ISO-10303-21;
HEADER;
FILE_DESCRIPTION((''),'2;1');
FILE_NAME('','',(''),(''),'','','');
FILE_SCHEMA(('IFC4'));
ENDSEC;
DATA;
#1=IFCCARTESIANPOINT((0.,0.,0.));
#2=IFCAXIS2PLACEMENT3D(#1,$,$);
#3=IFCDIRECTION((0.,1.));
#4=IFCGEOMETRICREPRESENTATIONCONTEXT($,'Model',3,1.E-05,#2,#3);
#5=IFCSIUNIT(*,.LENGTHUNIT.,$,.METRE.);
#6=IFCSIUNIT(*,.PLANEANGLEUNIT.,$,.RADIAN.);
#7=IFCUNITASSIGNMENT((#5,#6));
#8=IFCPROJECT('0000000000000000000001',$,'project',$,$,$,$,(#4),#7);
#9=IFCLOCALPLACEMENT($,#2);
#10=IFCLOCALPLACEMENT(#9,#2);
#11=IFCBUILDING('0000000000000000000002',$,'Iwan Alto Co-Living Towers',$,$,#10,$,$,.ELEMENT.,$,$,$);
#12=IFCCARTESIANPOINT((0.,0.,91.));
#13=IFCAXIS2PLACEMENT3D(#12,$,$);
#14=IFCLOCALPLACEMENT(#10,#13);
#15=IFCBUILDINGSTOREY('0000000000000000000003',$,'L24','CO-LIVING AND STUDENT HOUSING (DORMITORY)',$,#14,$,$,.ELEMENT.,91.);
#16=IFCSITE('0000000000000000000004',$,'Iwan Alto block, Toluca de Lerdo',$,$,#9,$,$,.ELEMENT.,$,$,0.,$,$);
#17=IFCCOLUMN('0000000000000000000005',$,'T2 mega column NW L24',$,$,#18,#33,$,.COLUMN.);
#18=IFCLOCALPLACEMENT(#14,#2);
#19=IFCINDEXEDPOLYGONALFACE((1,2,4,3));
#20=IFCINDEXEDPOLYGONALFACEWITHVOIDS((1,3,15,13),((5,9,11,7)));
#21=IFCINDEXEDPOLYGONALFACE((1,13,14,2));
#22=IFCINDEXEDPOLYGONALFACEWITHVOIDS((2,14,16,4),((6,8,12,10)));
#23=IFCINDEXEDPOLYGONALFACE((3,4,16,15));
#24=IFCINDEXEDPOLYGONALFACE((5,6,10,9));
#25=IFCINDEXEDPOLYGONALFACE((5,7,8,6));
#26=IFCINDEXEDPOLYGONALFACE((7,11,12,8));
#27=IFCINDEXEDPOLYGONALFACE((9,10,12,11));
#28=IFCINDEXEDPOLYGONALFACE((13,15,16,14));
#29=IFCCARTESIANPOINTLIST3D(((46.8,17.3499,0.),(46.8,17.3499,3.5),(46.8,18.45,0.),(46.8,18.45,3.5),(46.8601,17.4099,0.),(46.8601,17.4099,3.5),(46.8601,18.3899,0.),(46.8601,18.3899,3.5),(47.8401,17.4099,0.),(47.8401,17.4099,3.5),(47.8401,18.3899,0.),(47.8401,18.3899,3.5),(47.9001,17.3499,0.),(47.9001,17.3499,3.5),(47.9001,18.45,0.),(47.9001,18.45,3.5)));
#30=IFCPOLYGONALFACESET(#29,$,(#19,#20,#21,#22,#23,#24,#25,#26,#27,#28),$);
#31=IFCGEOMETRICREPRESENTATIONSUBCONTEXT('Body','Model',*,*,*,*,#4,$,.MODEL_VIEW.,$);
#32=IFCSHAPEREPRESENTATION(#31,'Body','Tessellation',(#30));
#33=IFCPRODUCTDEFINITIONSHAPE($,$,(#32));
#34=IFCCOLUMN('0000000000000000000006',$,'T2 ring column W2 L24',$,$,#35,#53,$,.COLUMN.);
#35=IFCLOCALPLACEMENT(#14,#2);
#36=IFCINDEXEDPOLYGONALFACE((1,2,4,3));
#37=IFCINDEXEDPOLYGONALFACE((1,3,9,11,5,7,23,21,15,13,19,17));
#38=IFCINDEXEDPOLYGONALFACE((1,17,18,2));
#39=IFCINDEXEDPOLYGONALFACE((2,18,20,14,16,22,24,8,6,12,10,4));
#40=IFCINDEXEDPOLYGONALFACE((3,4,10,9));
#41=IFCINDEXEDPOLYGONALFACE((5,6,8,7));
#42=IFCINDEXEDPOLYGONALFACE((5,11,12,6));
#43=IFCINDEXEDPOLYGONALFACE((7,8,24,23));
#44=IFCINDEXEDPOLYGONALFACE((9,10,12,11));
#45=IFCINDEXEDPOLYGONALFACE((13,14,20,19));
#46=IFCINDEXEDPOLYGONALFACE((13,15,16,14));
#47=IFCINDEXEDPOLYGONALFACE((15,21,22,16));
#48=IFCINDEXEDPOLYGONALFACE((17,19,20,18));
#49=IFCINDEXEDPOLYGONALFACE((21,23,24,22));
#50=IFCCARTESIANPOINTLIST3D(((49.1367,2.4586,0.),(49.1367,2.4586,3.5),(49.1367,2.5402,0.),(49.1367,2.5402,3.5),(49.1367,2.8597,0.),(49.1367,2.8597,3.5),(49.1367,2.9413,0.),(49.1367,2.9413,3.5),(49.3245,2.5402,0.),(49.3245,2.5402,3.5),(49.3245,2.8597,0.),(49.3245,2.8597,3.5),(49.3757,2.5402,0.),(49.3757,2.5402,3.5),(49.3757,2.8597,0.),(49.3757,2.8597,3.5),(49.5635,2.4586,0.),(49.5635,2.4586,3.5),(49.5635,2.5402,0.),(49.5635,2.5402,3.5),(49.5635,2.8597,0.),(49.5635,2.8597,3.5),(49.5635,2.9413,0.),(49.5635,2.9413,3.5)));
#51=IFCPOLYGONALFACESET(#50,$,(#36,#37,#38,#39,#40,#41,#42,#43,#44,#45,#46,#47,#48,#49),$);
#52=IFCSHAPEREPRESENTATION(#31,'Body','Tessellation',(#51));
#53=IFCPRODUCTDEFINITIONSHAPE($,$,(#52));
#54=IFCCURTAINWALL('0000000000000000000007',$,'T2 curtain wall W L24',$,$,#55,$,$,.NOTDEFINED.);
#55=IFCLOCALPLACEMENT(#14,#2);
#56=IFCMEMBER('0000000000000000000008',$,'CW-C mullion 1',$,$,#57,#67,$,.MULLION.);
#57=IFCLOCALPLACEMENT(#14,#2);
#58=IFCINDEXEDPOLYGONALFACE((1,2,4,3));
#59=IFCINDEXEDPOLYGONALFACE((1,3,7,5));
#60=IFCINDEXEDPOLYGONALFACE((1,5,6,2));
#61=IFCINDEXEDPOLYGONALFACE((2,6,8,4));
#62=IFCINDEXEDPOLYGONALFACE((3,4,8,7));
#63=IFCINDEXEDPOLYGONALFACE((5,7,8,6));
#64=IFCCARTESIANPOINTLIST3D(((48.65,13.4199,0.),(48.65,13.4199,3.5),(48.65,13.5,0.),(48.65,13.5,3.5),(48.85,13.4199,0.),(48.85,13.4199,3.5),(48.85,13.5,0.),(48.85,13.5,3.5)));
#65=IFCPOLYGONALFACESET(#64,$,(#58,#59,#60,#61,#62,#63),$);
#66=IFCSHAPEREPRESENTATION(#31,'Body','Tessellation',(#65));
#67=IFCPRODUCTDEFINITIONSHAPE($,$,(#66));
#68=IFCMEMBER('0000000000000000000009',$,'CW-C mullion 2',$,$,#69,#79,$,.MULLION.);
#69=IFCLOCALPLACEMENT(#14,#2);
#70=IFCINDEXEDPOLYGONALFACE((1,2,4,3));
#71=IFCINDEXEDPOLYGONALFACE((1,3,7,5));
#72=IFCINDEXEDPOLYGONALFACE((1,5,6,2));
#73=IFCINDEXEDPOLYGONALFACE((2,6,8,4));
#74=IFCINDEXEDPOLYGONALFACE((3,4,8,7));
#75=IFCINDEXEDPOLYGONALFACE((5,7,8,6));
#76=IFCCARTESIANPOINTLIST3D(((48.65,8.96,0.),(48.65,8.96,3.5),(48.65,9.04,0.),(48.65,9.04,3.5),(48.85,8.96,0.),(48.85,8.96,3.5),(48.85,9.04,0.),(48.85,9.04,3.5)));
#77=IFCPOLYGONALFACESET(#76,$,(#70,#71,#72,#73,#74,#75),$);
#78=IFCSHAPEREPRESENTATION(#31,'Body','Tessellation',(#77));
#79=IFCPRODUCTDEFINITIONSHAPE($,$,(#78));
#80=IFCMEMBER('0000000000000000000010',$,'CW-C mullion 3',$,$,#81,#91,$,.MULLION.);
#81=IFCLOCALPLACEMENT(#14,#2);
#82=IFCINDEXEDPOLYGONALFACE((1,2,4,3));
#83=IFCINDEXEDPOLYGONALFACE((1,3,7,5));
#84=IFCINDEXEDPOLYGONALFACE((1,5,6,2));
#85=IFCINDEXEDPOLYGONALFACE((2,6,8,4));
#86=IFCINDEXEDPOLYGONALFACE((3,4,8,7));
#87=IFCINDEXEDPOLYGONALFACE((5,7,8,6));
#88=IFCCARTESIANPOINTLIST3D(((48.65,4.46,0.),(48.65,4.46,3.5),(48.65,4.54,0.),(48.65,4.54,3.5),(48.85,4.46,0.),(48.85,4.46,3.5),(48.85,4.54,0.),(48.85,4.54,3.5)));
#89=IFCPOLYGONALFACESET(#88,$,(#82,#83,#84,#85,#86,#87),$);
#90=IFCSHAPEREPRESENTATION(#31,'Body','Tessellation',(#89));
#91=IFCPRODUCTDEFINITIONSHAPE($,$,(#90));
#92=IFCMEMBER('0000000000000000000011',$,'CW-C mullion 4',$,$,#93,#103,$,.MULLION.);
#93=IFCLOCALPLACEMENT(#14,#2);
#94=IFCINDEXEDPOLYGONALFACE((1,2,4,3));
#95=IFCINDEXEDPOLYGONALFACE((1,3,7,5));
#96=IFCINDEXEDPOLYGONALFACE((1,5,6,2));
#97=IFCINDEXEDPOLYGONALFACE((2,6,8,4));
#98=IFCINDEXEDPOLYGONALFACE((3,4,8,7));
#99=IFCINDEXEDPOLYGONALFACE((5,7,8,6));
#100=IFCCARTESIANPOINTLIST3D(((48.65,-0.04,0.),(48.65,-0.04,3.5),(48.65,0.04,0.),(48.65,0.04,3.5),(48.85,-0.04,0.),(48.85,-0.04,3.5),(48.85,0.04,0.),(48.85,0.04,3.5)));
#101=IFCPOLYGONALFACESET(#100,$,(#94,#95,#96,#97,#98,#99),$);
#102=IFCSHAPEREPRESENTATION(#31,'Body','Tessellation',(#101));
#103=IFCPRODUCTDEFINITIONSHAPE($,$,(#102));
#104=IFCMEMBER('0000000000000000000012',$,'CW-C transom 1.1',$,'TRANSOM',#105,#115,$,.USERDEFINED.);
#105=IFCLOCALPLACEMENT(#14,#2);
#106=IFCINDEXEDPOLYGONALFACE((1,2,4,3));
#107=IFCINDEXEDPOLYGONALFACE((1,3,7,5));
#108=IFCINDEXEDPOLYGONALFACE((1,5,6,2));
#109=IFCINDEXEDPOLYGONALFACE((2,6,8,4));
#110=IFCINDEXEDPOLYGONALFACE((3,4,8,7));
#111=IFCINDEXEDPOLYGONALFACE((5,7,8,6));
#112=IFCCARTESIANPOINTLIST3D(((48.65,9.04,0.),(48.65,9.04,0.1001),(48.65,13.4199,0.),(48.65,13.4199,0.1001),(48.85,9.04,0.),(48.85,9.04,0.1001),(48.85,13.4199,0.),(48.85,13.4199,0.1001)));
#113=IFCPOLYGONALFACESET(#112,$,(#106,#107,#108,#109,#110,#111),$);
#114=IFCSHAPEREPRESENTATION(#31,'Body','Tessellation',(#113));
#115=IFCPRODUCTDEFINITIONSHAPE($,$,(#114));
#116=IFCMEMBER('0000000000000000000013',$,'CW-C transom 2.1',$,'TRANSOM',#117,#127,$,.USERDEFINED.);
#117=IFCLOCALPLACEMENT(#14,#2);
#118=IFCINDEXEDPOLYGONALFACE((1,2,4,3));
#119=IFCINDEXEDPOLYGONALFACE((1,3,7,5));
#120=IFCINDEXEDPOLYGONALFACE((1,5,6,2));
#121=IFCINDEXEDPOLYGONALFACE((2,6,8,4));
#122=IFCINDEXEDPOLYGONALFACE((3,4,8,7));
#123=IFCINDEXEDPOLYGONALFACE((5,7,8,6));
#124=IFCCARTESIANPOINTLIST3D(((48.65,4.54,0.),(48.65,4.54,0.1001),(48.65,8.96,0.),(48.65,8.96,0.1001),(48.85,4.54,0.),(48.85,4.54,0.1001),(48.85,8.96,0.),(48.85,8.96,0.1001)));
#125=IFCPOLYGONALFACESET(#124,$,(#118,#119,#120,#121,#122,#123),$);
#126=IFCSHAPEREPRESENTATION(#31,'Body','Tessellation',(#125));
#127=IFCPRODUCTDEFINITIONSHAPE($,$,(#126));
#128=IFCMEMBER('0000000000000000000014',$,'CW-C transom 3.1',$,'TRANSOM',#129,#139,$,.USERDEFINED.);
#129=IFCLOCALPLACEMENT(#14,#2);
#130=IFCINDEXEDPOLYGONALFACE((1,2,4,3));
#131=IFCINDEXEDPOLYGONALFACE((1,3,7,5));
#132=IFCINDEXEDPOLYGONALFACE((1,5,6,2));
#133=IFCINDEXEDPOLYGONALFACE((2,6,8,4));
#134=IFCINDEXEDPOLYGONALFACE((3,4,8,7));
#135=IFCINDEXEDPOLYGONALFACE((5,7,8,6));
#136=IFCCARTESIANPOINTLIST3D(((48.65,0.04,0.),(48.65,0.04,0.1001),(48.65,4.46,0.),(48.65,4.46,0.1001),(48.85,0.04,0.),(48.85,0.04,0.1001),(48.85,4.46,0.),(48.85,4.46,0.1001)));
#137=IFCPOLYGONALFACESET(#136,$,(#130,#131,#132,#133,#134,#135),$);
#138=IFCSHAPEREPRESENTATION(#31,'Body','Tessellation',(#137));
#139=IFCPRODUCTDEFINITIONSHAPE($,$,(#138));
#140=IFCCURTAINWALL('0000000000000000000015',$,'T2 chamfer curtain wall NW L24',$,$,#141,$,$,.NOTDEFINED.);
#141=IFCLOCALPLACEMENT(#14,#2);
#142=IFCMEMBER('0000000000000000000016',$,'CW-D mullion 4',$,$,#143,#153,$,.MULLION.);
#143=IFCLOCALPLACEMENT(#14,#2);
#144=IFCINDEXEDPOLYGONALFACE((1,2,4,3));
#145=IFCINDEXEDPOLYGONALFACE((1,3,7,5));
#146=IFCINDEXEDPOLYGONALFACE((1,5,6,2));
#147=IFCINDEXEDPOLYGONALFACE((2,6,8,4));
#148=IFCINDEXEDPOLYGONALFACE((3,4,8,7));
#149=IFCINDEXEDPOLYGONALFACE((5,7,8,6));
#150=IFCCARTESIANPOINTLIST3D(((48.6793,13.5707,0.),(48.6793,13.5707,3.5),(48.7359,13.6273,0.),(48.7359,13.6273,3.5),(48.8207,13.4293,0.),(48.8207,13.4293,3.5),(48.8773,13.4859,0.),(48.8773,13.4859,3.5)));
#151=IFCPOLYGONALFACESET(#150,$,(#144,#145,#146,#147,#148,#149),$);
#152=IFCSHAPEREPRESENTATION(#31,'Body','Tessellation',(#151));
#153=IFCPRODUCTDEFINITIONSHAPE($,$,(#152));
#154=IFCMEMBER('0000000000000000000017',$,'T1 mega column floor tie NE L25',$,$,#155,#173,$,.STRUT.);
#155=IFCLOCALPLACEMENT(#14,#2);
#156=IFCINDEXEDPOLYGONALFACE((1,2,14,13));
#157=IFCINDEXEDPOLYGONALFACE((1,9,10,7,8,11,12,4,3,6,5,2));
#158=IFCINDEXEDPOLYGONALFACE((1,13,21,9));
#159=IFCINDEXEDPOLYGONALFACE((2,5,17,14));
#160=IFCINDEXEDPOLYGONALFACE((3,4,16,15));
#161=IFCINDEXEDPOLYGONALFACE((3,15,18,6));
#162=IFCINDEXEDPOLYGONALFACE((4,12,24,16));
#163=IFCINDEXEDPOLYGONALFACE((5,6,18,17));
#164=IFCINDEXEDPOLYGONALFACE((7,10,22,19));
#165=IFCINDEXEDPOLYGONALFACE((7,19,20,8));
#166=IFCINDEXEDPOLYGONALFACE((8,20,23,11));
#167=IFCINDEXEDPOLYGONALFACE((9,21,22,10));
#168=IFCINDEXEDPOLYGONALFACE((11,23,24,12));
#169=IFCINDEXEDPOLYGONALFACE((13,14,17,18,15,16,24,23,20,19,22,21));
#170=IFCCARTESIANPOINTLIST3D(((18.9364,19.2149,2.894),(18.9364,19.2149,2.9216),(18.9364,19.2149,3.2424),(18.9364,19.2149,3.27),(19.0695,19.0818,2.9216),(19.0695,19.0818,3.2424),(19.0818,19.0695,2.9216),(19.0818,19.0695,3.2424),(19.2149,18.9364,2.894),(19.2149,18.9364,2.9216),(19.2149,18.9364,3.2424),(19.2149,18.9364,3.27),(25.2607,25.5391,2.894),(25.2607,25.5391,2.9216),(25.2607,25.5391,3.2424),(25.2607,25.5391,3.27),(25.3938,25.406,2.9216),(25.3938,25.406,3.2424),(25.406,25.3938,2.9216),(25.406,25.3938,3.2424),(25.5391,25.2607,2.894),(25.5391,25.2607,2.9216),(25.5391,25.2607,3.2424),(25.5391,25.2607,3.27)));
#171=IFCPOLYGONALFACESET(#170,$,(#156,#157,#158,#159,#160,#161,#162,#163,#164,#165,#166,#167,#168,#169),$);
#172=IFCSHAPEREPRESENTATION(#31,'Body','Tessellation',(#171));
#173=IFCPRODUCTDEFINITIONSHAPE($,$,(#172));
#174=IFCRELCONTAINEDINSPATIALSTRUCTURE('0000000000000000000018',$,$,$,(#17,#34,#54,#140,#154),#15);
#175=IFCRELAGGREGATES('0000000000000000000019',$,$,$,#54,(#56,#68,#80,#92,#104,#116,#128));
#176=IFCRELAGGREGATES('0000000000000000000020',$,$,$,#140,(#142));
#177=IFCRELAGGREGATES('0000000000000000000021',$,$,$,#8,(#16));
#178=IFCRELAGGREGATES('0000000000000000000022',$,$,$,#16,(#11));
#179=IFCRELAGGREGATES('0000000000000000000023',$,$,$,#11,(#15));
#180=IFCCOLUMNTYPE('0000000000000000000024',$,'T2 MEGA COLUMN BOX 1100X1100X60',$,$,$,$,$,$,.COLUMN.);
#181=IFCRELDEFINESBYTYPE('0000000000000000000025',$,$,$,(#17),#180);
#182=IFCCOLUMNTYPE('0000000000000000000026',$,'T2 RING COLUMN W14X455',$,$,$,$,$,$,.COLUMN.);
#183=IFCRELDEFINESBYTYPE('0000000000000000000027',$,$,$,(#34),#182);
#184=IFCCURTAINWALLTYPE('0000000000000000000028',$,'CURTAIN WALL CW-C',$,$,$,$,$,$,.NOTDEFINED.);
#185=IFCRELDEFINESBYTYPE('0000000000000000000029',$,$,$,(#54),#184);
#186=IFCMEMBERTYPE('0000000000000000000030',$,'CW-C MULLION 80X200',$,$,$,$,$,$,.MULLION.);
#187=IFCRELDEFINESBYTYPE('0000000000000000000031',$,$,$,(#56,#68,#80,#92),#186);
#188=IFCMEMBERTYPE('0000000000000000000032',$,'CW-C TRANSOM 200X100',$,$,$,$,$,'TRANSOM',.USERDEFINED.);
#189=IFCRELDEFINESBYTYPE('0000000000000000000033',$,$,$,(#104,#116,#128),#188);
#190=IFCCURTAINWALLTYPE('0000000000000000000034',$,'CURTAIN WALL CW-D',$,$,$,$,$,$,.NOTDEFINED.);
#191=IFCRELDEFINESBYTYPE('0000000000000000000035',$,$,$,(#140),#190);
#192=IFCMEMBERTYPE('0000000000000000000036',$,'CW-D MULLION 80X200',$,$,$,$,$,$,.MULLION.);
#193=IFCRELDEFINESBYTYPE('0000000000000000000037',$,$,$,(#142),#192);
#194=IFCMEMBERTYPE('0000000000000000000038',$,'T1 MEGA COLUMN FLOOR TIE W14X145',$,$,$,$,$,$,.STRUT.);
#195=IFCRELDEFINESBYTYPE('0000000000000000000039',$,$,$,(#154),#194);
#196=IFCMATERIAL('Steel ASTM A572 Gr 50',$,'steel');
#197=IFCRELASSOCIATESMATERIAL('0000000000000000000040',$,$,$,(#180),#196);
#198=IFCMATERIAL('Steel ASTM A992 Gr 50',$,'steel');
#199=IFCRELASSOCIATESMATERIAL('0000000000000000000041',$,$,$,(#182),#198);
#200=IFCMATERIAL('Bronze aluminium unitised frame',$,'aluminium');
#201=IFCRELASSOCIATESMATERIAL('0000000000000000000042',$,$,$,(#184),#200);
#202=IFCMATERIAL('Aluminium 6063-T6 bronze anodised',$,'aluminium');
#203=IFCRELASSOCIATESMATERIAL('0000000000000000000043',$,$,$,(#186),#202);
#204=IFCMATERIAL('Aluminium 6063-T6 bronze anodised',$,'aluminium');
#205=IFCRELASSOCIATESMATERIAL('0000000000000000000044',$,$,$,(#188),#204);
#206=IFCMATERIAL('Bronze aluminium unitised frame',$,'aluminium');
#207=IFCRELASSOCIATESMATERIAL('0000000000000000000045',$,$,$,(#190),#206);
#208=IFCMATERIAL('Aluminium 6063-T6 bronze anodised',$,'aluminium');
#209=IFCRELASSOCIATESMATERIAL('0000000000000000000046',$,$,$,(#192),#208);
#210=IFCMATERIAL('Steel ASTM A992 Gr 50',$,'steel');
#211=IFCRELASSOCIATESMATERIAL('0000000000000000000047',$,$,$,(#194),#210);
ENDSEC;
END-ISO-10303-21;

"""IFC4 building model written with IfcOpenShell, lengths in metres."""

from ifc_helpers import new_model, si_unit, direction, frame, origin, origin_2d, place, context, subcontext, project, spatial, rectangle, hollow_rectangle, i_section, extrude, material, material_profile, profile_set, type_object, element, aggregate, save


model = new_model("IFC4")

# Units and contexts
model_context = context("Model", 3, precision=1e-05, world=origin(), true_north=direction((0.0, 1.0)))
body_context = subcontext(model_context, "Body", "Model", "MODEL_VIEW")
ifc_project = project(units=[si_unit("LENGTHUNIT", "METRE"), si_unit("PLANEANGLEUNIT", "RADIAN")], contexts=[model_context])

# Site, building, storey
site_placement = place(None, origin())
site = spatial("IfcSite", under=ifc_project, at=site_placement, Name="Iwan Alto block, Toluca de Lerdo", CompositionType="ELEMENT", RefElevation=0.0)
building_placement = place(site_placement, origin())
building = spatial("IfcBuilding", under=site, at=building_placement, Name="Iwan Alto Co-Living Towers", CompositionType="ELEMENT")
storey_placement = place(building_placement, frame((0.0, 0.0, 91.0)))
storey = spatial("IfcBuildingStorey", under=building, at=storey_placement, Name="L24", Description="CO-LIVING AND STUDENT HOUSING (DORMITORY)", CompositionType="ELEMENT", Elevation=91.0)

# Columns
ifc_material_1 = material(Name="Steel ASTM A572 Gr 50", Category="steel")
ifc_material_profile_1 = material_profile(ifc_material_1, hollow_rectangle(XDim=1.1001, YDim=1.1001, WallThickness=0.0601, at=origin_2d()), Name="BOX 1100X1100X60")
ifc_profile_set_1 = profile_set([ifc_material_profile_1], Name="Steel ASTM A572 Gr 50")
column_type_1 = type_object("IfcColumnType", Name="T2 MEGA COLUMN BOX 1100X1100X60", PredefinedType="COLUMN", material=ifc_profile_set_1)
column_1_placement = place(storey_placement, frame((47.3501, 17.8999, 0.0), z_axis=(0.0, 0.0, 1.0), x_axis=(1.0, 0.0, 0.0)))
element("IfcColumn", 1, at=column_1_placement, inside=storey, type_object=column_type_1, Name="T2 mega column NW L24", PredefinedType="COLUMN", context=body_context, shape_type="SweptSolid", body=[
    extrude(hollow_rectangle(XDim=1.1001, YDim=1.1001, WallThickness=0.0601, at=origin_2d()), origin(), (0.0, 0.0, 1.0), 3.5),
])
ifc_material_2 = material(Name="Steel ASTM A992 Gr 50", Category="steel")
ifc_material_profile_2 = material_profile(ifc_material_2, i_section(OverallWidth=0.4268, OverallDepth=0.4827, WebThickness=0.0513, FlangeThickness=0.0815, at=origin_2d()), Name="W14X455")
ifc_profile_set_2 = profile_set([ifc_material_profile_2], Name="Steel ASTM A992 Gr 50")
column_type_2 = type_object("IfcColumnType", Name="T2 RING COLUMN W14X455", PredefinedType="COLUMN", material=ifc_profile_set_2)
column_2_placement = place(storey_placement, frame((49.3501, 2.7, 0.0), z_axis=(0.0, 0.0, 1.0), x_axis=(1.0, 0.0, 0.0)))
element("IfcColumn", 2, at=column_2_placement, inside=storey, type_object=column_type_2, Name="T2 ring column W2 L24", PredefinedType="COLUMN", context=body_context, shape_type="SweptSolid", body=[
    extrude(i_section(OverallWidth=0.4268, OverallDepth=0.4827, WebThickness=0.0513, FlangeThickness=0.0815, at=origin_2d()), origin(), (0.0, 0.0, 1.0), 3.5),
])

# Curtain wall, members
ifc_material_3 = material(Name="Bronze aluminium unitised frame", Category="aluminium")
curtain_wall_type_1 = type_object("IfcCurtainWallType", Name="CURTAIN WALL CW-C", PredefinedType="NOTDEFINED", material=ifc_material_3)
curtain_wall_1_placement = place(storey_placement, origin())
curtain_wall_1 = element("IfcCurtainWall", 3, at=curtain_wall_1_placement, inside=storey, type_object=curtain_wall_type_1, Name="T2 curtain wall W L24", PredefinedType="NOTDEFINED")
ifc_material_4 = material(Name="Aluminium 6063-T6 bronze anodised", Category="aluminium")
ifc_material_profile_3 = material_profile(ifc_material_4, rectangle(XDim=0.2, YDim=0.0801, at=origin_2d()), Name="AL 80X200")
ifc_profile_set_3 = profile_set([ifc_material_profile_3], Name="Aluminium 6063-T6 bronze anodised")
member_type_1 = type_object("IfcMemberType", Name="CW-C MULLION 80X200", PredefinedType="MULLION", material=ifc_profile_set_3)
member_1_placement = place(storey_placement, frame((48.75, 13.46, 0.0), z_axis=(0.0, 0.0, 1.0), x_axis=(1.0, 0.0, 0.0)))
member_1 = element("IfcMember", 4, at=member_1_placement, type_object=member_type_1, Name="CW-C mullion 1", PredefinedType="MULLION", context=body_context, shape_type="SweptSolid", body=[
    extrude(rectangle(XDim=0.2, YDim=0.0801, at=origin_2d()), origin(), (0.0, 0.0, 1.0), 3.5),
])
member_2_placement = place(storey_placement, frame((48.75, 9.0, 0.0), z_axis=(0.0, 0.0, 1.0), x_axis=(1.0, 0.0, 0.0)))
member_2 = element("IfcMember", 5, at=member_2_placement, type_object=member_type_1, Name="CW-C mullion 2", PredefinedType="MULLION", context=body_context, shape_type="SweptSolid", body=[
    extrude(rectangle(XDim=0.2, YDim=0.0801, at=origin_2d()), origin(), (0.0, 0.0, 1.0), 3.5),
])
member_3_placement = place(storey_placement, frame((48.75, 4.5, 0.0), z_axis=(0.0, 0.0, 1.0), x_axis=(1.0, 0.0, 0.0)))
member_3 = element("IfcMember", 6, at=member_3_placement, type_object=member_type_1, Name="CW-C mullion 3", PredefinedType="MULLION", context=body_context, shape_type="SweptSolid", body=[
    extrude(rectangle(XDim=0.2, YDim=0.0801, at=origin_2d()), origin(), (0.0, 0.0, 1.0), 3.5),
])
member_4_placement = place(storey_placement, frame((48.75, 0.0, 0.0), z_axis=(0.0, 0.0, 1.0), x_axis=(1.0, 0.0, 0.0)))
member_4 = element("IfcMember", 7, at=member_4_placement, type_object=member_type_1, Name="CW-C mullion 4", PredefinedType="MULLION", context=body_context, shape_type="SweptSolid", body=[
    extrude(rectangle(XDim=0.2, YDim=0.0801, at=origin_2d()), origin(), (0.0, 0.0, 1.0), 3.5),
])
ifc_material_5 = material(Name="Aluminium 6063-T6 bronze anodised", Category="aluminium")
ifc_material_profile_4 = material_profile(ifc_material_5, rectangle(XDim=0.2, YDim=0.1001, at=origin_2d()), Name="AL 200X100")
ifc_profile_set_4 = profile_set([ifc_material_profile_4], Name="Aluminium 6063-T6 bronze anodised")
member_type_2 = type_object("IfcMemberType", Name="CW-C TRANSOM 200X100", ElementType="TRANSOM", PredefinedType="USERDEFINED", material=ifc_profile_set_4)
member_5_placement = place(storey_placement, frame((48.75, 13.4199, 0.05), z_axis=(0.0, -1.0, 0.0), x_axis=(1.0, 0.0, 0.0)))
member_5 = element("IfcMember", 8, at=member_5_placement, type_object=member_type_2, Name="CW-C transom 1.1", ObjectType="TRANSOM", PredefinedType="USERDEFINED", context=body_context, shape_type="SweptSolid", body=[
    extrude(rectangle(XDim=0.2, YDim=0.1001, at=origin_2d()), origin(), (0.0, 0.0, 1.0), 4.3799),
])
member_6_placement = place(storey_placement, frame((48.75, 8.96, 0.05), z_axis=(0.0, -1.0, 0.0), x_axis=(1.0, 0.0, 0.0)))
member_6 = element("IfcMember", 9, at=member_6_placement, type_object=member_type_2, Name="CW-C transom 2.1", ObjectType="TRANSOM", PredefinedType="USERDEFINED", context=body_context, shape_type="SweptSolid", body=[
    extrude(rectangle(XDim=0.2, YDim=0.1001, at=origin_2d()), origin(), (0.0, 0.0, 1.0), 4.4199),
])
member_7_placement = place(storey_placement, frame((48.75, 4.46, 0.05), z_axis=(0.0, -1.0, 0.0), x_axis=(1.0, 0.0, 0.0)))
member_7 = element("IfcMember", 10, at=member_7_placement, type_object=member_type_2, Name="CW-C transom 3.1", ObjectType="TRANSOM", PredefinedType="USERDEFINED", context=body_context, shape_type="SweptSolid", body=[
    extrude(rectangle(XDim=0.2, YDim=0.1001, at=origin_2d()), origin(), (0.0, 0.0, 1.0), 4.4199),
])

# Curtain wall, member
ifc_material_6 = material(Name="Bronze aluminium unitised frame", Category="aluminium")
curtain_wall_type_2 = type_object("IfcCurtainWallType", Name="CURTAIN WALL CW-D", PredefinedType="NOTDEFINED", material=ifc_material_6)
curtain_wall_2_placement = place(storey_placement, origin())
curtain_wall_2 = element("IfcCurtainWall", 11, at=curtain_wall_2_placement, inside=storey, type_object=curtain_wall_type_2, Name="T2 chamfer curtain wall NW L24", PredefinedType="NOTDEFINED")
ifc_material_7 = material(Name="Aluminium 6063-T6 bronze anodised", Category="aluminium")
ifc_material_profile_5 = material_profile(ifc_material_7, rectangle(XDim=0.2, YDim=0.0801, at=origin_2d()), Name="AL 80X200")
ifc_profile_set_5 = profile_set([ifc_material_profile_5], Name="Aluminium 6063-T6 bronze anodised")
member_type_3 = type_object("IfcMemberType", Name="CW-D MULLION 80X200", PredefinedType="MULLION", material=ifc_profile_set_5)
member_8_placement = place(storey_placement, frame((48.7783, 13.5283, 0.0), z_axis=(0.0, 0.0, 1.0), x_axis=(0.707107, -0.707107, 0.0)))
member_8 = element("IfcMember", 12, at=member_8_placement, type_object=member_type_3, Name="CW-D mullion 4", PredefinedType="MULLION", context=body_context, shape_type="SweptSolid", body=[
    extrude(rectangle(XDim=0.2, YDim=0.0801, at=origin_2d()), origin(), (0.0, 0.0, 1.0), 3.5),
])

# Member
ifc_material_8 = material(Name="Steel ASTM A992 Gr 50", Category="steel")
ifc_material_profile_6 = material_profile(ifc_material_8, i_section(OverallWidth=0.3938, OverallDepth=0.376, WebThickness=0.0173, FlangeThickness=0.0276, at=origin_2d()), Name="W14X145")
ifc_profile_set_6 = profile_set([ifc_material_profile_6], Name="Steel ASTM A992 Gr 50")
member_type_4 = type_object("IfcMemberType", Name="T1 MEGA COLUMN FLOOR TIE W14X145", PredefinedType="STRUT", material=ifc_profile_set_6)
member_9_placement = place(storey_placement, frame((25.3999, 25.3999, 3.082), z_axis=(-0.707107, -0.707107, 0.0), x_axis=(0.707107, -0.707107, 0.0)))
element("IfcMember", 13, at=member_9_placement, inside=storey, type_object=member_type_4, Name="T1 mega column floor tie NE L25", PredefinedType="STRUT", context=body_context, shape_type="SweptSolid", body=[
    extrude(i_section(OverallWidth=0.3938, OverallDepth=0.376, WebThickness=0.0173, FlangeThickness=0.0276, at=origin_2d()), origin(), (0.0, 0.0, 1.0), 8.9438),
])

aggregate(curtain_wall_1, [member_1, member_2, member_3, member_4, member_5, member_6, member_7])
aggregate(curtain_wall_2, [member_8])

save(model, "model.ifc")
